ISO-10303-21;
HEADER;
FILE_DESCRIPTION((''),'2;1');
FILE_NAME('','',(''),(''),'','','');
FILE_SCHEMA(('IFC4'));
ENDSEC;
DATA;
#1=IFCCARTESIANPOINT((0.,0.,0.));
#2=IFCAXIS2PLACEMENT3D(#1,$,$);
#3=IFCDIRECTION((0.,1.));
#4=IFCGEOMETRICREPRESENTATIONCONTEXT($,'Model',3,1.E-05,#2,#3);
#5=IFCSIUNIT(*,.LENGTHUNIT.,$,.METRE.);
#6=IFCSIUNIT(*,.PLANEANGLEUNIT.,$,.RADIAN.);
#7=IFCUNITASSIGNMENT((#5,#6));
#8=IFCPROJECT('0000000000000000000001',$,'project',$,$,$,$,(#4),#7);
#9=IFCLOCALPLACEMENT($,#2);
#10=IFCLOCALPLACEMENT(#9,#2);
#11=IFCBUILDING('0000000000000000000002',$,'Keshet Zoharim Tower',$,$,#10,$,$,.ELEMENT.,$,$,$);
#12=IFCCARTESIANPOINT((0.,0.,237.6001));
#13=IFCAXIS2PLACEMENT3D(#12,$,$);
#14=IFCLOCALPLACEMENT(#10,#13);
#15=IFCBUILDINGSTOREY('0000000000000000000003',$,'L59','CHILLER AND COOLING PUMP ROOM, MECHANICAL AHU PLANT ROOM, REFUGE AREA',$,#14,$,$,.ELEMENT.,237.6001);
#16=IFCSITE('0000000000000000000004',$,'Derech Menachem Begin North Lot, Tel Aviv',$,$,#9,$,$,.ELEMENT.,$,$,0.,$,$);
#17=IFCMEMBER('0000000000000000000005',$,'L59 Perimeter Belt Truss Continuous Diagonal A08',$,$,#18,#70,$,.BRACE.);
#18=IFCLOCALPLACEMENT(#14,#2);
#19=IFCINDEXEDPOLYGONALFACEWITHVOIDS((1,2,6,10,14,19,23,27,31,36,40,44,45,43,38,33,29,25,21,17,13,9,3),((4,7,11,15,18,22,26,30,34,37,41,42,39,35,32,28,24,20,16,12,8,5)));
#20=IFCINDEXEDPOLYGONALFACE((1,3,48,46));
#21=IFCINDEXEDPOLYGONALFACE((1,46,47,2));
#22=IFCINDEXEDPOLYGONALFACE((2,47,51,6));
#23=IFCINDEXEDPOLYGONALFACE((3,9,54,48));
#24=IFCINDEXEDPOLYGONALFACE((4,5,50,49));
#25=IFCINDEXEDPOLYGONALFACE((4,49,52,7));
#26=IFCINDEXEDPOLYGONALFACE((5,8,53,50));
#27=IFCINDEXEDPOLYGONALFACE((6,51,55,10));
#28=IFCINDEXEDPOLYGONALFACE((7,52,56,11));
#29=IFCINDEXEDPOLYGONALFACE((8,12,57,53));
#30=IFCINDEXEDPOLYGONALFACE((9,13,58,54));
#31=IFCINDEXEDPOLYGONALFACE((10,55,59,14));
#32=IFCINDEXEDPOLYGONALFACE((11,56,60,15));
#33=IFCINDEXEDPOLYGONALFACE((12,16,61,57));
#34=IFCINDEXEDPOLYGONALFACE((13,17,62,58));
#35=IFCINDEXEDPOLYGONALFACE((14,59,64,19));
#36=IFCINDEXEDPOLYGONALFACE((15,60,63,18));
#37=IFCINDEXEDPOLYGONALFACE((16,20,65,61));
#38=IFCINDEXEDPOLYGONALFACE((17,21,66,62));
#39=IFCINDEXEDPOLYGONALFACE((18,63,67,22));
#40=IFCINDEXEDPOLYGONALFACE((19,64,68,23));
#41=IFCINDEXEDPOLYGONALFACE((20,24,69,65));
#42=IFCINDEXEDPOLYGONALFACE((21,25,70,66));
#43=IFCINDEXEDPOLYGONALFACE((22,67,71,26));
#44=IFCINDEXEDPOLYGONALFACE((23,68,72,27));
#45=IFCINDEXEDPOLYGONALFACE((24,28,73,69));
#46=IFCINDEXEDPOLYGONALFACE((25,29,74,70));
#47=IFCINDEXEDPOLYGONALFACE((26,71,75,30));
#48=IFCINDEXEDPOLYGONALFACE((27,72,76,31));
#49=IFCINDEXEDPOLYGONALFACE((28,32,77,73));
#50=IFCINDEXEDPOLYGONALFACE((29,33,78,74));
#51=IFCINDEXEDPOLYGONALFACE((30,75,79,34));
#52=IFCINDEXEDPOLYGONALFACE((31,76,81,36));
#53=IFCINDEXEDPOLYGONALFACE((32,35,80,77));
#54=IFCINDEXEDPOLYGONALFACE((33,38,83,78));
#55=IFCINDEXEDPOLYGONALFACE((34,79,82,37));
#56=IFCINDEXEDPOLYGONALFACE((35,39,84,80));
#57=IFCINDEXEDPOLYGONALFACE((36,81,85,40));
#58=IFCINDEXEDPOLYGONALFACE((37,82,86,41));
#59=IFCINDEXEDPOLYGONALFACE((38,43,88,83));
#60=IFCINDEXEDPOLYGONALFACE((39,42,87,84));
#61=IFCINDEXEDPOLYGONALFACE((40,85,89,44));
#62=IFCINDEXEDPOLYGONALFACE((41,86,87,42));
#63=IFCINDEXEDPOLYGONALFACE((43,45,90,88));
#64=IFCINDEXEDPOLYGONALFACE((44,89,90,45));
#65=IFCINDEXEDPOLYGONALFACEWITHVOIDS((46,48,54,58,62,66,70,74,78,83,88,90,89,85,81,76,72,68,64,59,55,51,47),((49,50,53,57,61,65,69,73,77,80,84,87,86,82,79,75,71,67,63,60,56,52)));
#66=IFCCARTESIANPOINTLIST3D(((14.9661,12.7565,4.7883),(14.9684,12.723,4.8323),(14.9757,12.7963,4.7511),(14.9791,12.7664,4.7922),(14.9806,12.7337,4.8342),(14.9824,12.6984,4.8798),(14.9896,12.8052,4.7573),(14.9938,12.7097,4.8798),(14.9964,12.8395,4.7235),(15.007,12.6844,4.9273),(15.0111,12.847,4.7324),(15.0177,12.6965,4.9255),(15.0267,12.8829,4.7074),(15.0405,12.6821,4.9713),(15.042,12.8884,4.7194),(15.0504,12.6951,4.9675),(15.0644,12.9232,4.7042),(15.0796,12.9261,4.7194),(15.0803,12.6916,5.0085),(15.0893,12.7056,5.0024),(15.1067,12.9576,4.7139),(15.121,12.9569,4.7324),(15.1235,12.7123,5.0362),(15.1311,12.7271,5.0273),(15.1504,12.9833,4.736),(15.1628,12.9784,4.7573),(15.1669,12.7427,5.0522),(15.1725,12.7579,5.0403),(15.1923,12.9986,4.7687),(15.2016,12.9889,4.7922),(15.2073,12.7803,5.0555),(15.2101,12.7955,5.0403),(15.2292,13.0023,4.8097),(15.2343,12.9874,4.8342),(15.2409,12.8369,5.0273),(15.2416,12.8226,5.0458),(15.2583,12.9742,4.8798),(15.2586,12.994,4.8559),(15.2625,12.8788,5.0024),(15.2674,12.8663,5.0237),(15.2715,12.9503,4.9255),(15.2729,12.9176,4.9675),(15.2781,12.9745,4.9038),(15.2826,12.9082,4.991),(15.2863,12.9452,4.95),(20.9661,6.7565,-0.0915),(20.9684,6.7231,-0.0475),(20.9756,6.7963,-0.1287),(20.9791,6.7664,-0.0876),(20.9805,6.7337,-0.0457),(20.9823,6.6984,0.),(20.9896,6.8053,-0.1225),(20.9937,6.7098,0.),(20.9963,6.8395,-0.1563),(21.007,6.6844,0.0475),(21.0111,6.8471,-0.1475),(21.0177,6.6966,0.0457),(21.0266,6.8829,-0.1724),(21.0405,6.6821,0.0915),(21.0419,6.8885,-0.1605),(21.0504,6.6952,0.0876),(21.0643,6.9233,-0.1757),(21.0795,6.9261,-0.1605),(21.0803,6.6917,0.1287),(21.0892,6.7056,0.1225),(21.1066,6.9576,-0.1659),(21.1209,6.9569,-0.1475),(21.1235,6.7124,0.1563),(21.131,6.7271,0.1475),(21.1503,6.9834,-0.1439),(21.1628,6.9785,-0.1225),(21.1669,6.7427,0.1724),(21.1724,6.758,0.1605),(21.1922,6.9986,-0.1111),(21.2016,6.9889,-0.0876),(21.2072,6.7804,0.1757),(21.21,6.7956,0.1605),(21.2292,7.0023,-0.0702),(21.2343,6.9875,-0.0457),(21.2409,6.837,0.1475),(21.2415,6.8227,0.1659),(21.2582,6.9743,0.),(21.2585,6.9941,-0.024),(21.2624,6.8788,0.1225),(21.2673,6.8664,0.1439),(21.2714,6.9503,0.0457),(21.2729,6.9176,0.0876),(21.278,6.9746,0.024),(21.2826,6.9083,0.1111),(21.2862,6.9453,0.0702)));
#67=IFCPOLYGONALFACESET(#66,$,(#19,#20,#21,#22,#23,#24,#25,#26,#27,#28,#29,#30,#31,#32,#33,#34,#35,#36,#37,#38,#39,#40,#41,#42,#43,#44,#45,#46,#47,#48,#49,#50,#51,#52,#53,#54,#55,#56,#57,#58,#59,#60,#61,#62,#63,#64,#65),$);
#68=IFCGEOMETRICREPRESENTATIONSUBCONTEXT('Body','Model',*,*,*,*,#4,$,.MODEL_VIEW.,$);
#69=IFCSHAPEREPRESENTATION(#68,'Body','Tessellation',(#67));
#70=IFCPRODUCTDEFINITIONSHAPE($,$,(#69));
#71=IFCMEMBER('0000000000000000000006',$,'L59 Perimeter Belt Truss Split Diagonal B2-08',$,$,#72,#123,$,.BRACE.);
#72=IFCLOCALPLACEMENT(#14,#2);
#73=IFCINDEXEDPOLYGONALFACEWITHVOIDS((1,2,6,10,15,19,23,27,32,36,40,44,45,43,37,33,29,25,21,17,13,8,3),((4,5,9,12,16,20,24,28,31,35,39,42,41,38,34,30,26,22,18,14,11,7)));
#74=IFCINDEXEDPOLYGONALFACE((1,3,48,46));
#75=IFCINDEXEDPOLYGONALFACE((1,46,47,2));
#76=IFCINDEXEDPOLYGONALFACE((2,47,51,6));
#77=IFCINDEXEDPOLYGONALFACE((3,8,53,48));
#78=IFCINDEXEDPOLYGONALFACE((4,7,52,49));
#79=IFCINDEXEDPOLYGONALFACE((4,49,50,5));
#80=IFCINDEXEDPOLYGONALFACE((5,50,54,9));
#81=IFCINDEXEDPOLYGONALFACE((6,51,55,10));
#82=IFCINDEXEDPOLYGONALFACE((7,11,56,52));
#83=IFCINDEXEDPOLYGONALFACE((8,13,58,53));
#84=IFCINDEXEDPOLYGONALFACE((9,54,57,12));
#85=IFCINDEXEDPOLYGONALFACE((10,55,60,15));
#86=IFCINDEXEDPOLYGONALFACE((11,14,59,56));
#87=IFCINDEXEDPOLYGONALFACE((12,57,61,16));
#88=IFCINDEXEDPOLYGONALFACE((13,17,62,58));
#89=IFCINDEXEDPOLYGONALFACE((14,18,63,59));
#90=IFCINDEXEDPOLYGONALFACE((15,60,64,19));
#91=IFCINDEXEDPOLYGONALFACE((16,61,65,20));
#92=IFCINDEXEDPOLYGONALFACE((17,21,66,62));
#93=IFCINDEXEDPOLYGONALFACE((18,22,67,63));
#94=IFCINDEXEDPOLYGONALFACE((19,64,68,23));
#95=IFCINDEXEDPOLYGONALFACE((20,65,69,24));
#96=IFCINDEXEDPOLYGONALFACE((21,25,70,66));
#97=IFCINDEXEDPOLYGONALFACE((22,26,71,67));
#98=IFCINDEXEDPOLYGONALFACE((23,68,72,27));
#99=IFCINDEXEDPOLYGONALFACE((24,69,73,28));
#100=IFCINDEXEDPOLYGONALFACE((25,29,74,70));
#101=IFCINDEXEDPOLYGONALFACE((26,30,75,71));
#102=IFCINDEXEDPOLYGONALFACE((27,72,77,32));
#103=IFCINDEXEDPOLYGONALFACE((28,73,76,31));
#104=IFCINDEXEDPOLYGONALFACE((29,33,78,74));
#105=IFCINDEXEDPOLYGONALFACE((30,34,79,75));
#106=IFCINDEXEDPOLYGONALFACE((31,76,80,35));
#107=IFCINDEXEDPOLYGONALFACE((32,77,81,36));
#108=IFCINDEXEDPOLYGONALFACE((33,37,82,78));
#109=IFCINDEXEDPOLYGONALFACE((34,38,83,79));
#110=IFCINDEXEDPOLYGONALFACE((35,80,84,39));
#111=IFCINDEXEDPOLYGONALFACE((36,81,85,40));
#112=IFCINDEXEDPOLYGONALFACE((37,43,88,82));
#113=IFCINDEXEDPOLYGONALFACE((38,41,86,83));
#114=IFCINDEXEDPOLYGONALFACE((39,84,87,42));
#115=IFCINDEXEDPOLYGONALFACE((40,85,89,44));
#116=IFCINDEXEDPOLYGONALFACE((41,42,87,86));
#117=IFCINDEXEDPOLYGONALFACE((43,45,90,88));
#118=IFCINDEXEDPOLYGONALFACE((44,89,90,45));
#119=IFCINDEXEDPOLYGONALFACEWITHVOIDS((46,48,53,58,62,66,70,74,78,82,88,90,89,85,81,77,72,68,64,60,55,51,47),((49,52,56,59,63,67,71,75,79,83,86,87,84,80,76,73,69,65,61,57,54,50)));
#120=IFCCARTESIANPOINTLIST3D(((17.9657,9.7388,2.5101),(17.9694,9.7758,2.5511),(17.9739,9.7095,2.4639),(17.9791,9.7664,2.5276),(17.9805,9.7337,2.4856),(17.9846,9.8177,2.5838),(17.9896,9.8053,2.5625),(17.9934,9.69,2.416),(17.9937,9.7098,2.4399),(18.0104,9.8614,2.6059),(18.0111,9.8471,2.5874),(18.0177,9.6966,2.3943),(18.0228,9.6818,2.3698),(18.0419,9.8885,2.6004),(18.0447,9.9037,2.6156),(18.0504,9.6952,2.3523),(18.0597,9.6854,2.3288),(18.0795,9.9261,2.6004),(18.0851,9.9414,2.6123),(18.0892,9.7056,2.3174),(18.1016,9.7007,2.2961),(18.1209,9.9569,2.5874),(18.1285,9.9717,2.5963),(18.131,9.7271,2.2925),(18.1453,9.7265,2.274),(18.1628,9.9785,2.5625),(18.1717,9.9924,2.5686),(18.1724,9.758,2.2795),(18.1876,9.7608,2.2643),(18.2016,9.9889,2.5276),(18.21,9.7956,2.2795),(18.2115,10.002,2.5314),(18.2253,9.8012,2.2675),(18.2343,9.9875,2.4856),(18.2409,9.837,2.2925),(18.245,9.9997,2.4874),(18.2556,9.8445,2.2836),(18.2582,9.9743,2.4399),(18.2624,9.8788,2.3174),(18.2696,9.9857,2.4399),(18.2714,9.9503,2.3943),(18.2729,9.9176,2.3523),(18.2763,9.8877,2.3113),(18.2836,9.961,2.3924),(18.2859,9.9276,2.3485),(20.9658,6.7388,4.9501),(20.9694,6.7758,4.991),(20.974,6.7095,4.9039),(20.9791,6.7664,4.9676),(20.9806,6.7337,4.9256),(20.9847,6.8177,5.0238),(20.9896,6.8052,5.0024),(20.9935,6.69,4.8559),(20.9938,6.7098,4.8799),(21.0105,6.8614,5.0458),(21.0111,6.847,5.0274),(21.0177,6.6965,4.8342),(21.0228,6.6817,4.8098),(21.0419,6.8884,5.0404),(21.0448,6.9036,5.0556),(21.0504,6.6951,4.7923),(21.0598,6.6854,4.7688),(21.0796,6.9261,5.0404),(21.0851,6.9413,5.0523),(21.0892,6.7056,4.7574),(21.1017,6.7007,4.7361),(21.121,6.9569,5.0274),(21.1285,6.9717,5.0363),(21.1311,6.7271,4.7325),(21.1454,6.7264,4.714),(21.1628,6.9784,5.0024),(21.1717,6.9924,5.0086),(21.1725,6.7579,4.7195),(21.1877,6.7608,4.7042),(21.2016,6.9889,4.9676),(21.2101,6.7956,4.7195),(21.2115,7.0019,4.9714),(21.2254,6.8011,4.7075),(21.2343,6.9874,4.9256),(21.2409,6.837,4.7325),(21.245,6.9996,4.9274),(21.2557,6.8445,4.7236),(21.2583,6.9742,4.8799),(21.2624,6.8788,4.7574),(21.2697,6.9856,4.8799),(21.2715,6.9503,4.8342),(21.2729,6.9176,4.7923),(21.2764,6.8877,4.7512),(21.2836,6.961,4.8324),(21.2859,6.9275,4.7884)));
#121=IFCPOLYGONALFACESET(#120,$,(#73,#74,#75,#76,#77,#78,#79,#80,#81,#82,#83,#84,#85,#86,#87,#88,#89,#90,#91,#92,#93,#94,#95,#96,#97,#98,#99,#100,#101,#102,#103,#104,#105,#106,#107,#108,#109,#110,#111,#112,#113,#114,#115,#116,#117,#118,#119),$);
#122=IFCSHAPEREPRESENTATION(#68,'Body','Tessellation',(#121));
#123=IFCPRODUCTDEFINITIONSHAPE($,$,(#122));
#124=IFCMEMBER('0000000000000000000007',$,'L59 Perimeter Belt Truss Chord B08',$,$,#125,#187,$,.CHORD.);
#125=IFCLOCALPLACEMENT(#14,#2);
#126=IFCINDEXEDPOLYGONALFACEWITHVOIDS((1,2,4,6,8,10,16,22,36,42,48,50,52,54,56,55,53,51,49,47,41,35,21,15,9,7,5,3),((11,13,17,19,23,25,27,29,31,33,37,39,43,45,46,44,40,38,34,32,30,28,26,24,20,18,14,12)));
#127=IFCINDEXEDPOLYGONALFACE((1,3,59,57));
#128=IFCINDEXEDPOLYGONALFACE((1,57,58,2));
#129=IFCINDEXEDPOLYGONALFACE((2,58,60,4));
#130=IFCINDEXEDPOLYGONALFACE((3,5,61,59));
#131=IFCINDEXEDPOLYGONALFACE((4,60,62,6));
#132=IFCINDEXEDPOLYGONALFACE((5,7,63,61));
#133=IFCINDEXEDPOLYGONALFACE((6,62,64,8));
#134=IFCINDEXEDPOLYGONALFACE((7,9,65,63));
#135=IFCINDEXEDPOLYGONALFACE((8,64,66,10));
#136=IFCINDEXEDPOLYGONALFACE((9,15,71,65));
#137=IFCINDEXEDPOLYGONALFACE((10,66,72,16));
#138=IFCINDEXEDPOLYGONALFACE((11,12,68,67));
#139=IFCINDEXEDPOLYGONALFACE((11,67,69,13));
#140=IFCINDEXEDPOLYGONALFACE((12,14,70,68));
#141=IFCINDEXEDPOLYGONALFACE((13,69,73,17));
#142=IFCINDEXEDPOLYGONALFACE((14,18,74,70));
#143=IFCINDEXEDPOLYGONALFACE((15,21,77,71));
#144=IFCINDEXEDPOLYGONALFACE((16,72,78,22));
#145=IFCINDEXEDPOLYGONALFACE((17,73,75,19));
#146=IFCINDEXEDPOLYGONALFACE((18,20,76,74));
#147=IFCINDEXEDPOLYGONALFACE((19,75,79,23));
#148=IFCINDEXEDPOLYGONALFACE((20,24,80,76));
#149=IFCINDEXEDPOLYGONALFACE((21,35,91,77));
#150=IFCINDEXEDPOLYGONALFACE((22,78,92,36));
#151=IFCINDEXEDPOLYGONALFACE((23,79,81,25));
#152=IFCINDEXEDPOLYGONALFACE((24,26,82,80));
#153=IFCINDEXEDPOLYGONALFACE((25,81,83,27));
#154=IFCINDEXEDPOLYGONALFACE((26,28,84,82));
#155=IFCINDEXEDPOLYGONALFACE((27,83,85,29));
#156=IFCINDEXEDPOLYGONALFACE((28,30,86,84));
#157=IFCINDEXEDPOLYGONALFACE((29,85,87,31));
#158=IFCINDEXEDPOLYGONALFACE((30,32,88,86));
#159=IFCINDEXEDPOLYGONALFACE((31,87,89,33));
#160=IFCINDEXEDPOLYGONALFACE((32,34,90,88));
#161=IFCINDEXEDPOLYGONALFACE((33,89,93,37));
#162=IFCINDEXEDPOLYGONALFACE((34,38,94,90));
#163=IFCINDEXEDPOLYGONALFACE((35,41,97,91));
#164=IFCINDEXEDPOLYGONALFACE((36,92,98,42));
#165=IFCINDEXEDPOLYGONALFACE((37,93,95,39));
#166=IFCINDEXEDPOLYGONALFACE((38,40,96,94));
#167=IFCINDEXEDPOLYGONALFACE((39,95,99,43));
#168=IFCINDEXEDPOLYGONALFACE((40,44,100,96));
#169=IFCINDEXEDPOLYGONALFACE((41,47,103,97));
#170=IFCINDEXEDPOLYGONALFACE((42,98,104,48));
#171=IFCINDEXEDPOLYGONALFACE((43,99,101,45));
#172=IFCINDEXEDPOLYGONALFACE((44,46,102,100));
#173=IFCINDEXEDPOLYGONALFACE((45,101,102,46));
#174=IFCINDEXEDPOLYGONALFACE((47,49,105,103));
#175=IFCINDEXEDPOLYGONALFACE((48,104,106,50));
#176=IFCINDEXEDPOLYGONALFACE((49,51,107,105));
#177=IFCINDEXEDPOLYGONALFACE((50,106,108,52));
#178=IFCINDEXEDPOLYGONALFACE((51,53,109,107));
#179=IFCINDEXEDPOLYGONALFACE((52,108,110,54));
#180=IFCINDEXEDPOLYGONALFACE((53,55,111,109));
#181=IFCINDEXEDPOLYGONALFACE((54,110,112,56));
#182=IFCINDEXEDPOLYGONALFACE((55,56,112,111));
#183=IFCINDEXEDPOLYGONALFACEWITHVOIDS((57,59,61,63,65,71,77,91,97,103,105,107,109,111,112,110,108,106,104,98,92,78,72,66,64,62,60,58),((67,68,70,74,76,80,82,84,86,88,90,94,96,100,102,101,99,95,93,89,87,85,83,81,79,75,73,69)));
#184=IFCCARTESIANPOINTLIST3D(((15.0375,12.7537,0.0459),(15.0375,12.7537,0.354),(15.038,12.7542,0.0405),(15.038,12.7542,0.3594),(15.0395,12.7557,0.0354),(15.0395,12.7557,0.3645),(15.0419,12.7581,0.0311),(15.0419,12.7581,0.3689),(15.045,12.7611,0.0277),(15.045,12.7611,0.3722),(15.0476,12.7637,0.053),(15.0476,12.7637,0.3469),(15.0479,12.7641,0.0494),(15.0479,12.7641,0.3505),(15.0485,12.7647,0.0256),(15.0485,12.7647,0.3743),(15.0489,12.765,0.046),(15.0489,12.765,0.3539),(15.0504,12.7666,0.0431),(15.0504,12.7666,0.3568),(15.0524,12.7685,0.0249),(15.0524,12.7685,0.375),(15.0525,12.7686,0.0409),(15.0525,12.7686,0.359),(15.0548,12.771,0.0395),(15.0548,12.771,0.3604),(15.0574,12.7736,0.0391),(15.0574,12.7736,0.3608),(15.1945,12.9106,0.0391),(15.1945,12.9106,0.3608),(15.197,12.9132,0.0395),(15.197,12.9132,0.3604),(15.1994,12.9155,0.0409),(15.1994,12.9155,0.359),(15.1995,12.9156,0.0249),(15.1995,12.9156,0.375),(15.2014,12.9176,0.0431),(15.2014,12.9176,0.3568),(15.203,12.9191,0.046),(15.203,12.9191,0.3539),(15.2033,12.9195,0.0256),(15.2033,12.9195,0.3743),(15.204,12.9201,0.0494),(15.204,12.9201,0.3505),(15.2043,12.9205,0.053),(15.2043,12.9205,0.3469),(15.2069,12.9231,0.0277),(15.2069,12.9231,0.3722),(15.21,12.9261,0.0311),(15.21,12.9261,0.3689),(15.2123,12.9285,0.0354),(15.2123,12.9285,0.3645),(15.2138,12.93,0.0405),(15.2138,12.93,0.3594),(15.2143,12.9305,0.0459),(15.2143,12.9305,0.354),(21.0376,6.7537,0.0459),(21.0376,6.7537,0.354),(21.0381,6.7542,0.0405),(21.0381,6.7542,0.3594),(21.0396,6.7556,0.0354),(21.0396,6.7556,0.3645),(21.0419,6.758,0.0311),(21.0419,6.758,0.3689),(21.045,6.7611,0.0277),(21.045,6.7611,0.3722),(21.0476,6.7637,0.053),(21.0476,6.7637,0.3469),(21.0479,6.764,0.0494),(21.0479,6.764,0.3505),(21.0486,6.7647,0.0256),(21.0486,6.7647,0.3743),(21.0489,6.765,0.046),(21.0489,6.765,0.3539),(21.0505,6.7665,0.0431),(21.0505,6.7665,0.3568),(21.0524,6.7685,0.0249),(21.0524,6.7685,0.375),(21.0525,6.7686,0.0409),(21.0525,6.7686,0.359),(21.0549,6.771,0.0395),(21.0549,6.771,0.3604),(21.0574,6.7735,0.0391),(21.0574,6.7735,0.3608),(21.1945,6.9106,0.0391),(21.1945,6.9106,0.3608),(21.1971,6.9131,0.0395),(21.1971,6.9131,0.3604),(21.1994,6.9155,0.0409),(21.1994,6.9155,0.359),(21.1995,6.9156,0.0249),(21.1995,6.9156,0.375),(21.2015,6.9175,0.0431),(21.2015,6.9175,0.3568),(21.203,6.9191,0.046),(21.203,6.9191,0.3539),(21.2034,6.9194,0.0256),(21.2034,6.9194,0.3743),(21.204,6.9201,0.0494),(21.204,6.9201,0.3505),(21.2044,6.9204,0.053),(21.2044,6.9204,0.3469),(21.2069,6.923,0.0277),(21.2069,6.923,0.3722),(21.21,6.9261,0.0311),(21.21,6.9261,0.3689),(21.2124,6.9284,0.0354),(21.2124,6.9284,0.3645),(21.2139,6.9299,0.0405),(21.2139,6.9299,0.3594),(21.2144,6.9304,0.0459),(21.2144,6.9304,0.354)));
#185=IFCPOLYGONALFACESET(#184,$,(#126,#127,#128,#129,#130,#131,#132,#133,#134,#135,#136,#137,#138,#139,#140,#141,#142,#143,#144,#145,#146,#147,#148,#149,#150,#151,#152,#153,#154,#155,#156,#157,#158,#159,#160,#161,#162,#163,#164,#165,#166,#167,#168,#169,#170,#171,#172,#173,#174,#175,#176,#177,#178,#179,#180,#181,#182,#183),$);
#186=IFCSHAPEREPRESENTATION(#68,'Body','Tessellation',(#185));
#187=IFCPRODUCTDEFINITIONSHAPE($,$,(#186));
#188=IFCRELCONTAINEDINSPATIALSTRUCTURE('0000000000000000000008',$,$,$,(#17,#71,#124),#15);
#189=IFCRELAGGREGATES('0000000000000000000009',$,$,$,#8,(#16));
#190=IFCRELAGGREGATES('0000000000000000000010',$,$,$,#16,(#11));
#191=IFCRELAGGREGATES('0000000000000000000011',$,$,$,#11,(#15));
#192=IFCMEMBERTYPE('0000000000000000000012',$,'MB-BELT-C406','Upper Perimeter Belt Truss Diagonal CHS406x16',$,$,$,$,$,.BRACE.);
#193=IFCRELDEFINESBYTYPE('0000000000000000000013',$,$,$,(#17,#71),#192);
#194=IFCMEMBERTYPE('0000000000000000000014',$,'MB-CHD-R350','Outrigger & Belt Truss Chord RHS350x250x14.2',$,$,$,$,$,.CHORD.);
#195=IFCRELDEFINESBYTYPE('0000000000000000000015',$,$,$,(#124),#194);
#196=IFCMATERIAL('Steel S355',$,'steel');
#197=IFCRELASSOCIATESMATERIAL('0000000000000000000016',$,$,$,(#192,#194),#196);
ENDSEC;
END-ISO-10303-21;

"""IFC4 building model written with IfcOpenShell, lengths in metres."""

from ifc_helpers import new_model, si_unit, direction, frame, origin, origin_2d, place, context, subcontext, project, spatial, hollow_rectangle, hollow_circle, extrude, material, material_profile, profile_set, type_object, element, save


model = new_model("IFC4")

# Units and contexts
model_context = context("Model", 3, precision=1e-05, world=origin(), true_north=direction((0.0, 1.0)))
body_context = subcontext(model_context, "Body", "Model", "MODEL_VIEW")
ifc_project = project(units=[si_unit("LENGTHUNIT", "METRE"), si_unit("PLANEANGLEUNIT", "RADIAN")], contexts=[model_context])

# Site, building, storey
site_placement = place(None, origin())
site = spatial("IfcSite", under=ifc_project, at=site_placement, Name="Derech Menachem Begin North Lot, Tel Aviv", CompositionType="ELEMENT", RefElevation=0.0)
building_placement = place(site_placement, origin())
building = spatial("IfcBuilding", under=site, at=building_placement, Name="Keshet Zoharim Tower", CompositionType="ELEMENT")
storey_placement = place(building_placement, frame((0.0, 0.0, 237.6001)))
storey = spatial("IfcBuildingStorey", under=building, at=storey_placement, Name="L59", Description="CHILLER AND COOLING PUMP ROOM, MECHANICAL AHU PLANT ROOM, REFUGE AREA", CompositionType="ELEMENT", Elevation=237.6001)

# Shared definitions
ifc_material_1 = material(Name="Steel S355", Category="steel")

# Members
ifc_material_profile_1 = material_profile(ifc_material_1, hollow_circle(Radius=0.2031, WallThickness=0.0161, at=origin_2d()), Name="CHS406x16")
ifc_profile_set_1 = profile_set([ifc_material_profile_1], Name="Steel S355")
member_type_1 = type_object("IfcMemberType", Name="MB-BELT-C406", Description="Upper Perimeter Belt Truss Diagonal CHS406x16", PredefinedType="BRACE", material=ifc_profile_set_1)
member_1_placement = place(storey_placement, frame((21.126, 6.842, 0.0), z_axis=(-0.612969, 0.612969, 0.498536), x_axis=(-0.707107, -0.707107, 0.0)))
element("IfcMember", 1, at=member_1_placement, inside=storey, type_object=member_type_1, Name="L59 Perimeter Belt Truss Continuous Diagonal A08", PredefinedType="BRACE", context=body_context, shape_type="SweptSolid", body=[
    extrude(hollow_circle(Radius=0.2031, WallThickness=0.0161, at=origin_2d()), origin(), (0.0, 0.0, 1.0), 9.7883),
])
member_2_placement = place(storey_placement, frame((18.126, 9.842, 2.4399), z_axis=(0.612969, -0.612969, 0.498536), x_axis=(0.707107, 0.707107, 0.0)))
element("IfcMember", 2, at=member_2_placement, inside=storey, type_object=member_type_1, Name="L59 Perimeter Belt Truss Split Diagonal B2-08", PredefinedType="BRACE", context=body_context, shape_type="SweptSolid", body=[
    extrude(hollow_circle(Radius=0.2031, WallThickness=0.0161, at=origin_2d()), origin(), (0.0, 0.0, 1.0), 4.8943),
])
ifc_material_profile_2 = material_profile(ifc_material_1, hollow_rectangle(XDim=0.25, YDim=0.3501, WallThickness=0.0142, InnerFilletRadius=0.0139, OuterFilletRadius=0.021, at=origin_2d()), Name="RHS350x250x14.2")
ifc_profile_set_2 = profile_set([ifc_material_profile_2], Name="Steel S355")
member_type_2 = type_object("IfcMemberType", Name="MB-CHD-R350", Description="Outrigger & Belt Truss Chord RHS350x250x14.2", PredefinedType="CHORD", material=ifc_profile_set_2)
member_3_placement = place(storey_placement, frame((21.126, 6.842, 0.2), z_axis=(-0.707107, 0.707107, 0.0), x_axis=(-0.707107, -0.707107, 0.0)))
element("IfcMember", 3, at=member_3_placement, inside=storey, type_object=member_type_2, Name="L59 Perimeter Belt Truss Chord B08", PredefinedType="CHORD", context=body_context, shape_type="SweptSolid", body=[
    extrude(hollow_rectangle(XDim=0.25, YDim=0.3501, WallThickness=0.0142, InnerFilletRadius=0.0139, OuterFilletRadius=0.021, at=origin_2d()), origin(), (0.0, 0.0, 1.0), 8.4854),
])

save(model, "model.ifc")
